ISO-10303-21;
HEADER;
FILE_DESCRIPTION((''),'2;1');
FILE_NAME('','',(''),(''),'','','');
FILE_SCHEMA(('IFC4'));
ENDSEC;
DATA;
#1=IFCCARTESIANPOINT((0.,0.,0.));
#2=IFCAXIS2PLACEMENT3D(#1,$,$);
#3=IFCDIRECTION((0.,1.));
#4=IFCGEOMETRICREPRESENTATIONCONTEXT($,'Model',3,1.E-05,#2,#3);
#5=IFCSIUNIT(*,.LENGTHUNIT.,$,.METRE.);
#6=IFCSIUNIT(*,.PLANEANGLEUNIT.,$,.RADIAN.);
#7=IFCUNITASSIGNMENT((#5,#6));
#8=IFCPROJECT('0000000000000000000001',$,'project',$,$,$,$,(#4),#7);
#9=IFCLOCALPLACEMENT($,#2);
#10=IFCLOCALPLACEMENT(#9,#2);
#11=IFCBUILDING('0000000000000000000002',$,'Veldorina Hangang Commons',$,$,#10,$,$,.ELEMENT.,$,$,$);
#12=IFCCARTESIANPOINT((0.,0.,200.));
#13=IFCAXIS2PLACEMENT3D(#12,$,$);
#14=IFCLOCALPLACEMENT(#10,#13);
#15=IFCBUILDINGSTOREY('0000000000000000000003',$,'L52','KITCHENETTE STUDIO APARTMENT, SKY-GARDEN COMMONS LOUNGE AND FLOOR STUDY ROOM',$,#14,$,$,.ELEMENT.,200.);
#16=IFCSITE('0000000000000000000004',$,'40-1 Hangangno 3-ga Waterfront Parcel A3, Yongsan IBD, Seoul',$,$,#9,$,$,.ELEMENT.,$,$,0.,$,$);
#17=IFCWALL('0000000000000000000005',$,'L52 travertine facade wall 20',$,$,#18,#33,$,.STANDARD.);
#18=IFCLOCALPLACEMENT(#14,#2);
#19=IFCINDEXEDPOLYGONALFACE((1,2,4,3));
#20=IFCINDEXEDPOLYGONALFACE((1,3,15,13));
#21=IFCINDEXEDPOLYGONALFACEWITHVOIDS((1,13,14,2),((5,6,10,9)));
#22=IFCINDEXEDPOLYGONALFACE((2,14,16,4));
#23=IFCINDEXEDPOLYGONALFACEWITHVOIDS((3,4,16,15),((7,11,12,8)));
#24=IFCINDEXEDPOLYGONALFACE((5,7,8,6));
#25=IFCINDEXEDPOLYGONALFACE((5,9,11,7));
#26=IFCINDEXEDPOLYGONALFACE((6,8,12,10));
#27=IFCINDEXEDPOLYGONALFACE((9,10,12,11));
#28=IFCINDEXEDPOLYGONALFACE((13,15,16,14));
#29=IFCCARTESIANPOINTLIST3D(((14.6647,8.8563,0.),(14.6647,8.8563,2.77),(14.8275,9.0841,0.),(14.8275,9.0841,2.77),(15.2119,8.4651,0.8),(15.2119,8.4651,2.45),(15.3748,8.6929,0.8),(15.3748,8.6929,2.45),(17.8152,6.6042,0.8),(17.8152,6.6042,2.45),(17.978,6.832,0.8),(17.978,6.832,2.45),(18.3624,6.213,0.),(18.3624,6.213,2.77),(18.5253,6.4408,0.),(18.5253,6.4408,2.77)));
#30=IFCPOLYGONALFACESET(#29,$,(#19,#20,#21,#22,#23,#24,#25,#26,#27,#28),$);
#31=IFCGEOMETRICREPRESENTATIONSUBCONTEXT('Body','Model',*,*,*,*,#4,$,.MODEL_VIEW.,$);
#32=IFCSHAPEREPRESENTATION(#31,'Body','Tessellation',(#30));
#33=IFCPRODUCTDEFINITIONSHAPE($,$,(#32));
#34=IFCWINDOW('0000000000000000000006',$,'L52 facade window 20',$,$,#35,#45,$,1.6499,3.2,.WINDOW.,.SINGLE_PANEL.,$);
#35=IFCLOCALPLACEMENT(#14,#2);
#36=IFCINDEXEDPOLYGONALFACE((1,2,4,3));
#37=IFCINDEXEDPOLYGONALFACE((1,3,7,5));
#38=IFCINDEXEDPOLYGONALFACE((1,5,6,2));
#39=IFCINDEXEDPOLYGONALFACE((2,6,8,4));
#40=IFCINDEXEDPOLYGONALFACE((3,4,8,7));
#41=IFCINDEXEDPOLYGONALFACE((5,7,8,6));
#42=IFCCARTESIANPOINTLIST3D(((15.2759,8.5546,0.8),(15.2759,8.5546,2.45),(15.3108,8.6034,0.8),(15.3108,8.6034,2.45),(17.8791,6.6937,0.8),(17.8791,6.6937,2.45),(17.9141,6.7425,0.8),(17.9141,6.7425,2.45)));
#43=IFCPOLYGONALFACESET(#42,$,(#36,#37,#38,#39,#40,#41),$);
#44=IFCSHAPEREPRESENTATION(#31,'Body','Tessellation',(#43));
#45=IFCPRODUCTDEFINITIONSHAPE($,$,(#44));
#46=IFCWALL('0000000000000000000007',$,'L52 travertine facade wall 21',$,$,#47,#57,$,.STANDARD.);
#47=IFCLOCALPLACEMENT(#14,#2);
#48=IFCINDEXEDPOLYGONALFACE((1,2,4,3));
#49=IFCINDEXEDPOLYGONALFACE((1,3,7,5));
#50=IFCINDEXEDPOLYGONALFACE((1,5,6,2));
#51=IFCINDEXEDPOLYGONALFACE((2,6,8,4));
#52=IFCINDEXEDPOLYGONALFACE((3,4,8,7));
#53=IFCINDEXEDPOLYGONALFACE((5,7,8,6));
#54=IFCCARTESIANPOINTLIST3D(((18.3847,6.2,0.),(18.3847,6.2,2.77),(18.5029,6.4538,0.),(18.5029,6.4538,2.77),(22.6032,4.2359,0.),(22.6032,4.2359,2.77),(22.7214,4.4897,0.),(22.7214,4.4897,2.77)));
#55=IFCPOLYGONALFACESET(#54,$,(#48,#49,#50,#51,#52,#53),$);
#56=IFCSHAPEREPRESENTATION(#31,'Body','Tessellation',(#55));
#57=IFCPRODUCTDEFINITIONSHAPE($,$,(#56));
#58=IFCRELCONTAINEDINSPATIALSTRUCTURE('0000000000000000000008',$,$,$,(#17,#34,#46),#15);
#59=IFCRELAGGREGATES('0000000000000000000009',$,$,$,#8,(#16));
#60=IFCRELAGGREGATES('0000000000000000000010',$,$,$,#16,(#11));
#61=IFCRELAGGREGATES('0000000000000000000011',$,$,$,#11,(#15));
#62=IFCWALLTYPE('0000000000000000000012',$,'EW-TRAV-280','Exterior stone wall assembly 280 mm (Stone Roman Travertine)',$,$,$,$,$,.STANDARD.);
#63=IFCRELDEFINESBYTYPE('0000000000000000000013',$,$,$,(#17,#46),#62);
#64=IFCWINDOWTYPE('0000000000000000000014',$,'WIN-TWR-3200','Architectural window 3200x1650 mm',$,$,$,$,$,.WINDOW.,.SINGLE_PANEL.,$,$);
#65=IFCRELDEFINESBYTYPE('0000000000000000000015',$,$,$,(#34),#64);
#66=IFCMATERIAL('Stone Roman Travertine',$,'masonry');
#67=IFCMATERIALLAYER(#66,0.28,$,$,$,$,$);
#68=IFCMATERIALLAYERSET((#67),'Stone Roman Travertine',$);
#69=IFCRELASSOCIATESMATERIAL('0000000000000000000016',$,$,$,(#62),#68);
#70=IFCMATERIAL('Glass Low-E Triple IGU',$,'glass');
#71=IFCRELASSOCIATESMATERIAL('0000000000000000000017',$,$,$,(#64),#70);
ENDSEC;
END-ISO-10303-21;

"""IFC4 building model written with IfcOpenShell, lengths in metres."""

from ifc_helpers import new_model, si_unit, direction, frame, frame_2d, origin, place, context, subcontext, project, spatial, rectangle, extrude, material, layer, layer_set, type_object, element, fill, save


model = new_model("IFC4")

# Units and contexts
model_context = context("Model", 3, precision=1e-05, world=origin(), true_north=direction((0.0, 1.0)))
body_context = subcontext(model_context, "Body", "Model", "MODEL_VIEW")
ifc_project = project(units=[si_unit("LENGTHUNIT", "METRE"), si_unit("PLANEANGLEUNIT", "RADIAN")], contexts=[model_context])

# Site, building, storey
site_placement = place(None, origin())
site = spatial("IfcSite", under=ifc_project, at=site_placement, Name="40-1 Hangangno 3-ga Waterfront Parcel A3, Yongsan IBD, Seoul", CompositionType="ELEMENT", RefElevation=0.0)
building_placement = place(site_placement, origin())
building = spatial("IfcBuilding", under=site, at=building_placement, Name="Veldorina Hangang Commons", CompositionType="ELEMENT")
storey_placement = place(building_placement, frame((0.0, 0.0, 200.0)))
storey = spatial("IfcBuildingStorey", under=building, at=storey_placement, Name="L52", Description="KITCHENETTE STUDIO APARTMENT, SKY-GARDEN COMMONS LOUNGE AND FLOOR STUDY ROOM", CompositionType="ELEMENT", Elevation=200.0)

# Wall, opening, window
ifc_material_1 = material(Name="Stone Roman Travertine", Category="masonry")
ifc_layer_1 = layer(ifc_material_1, 0.28)
ifc_layer_set_1 = layer_set([ifc_layer_1], Name="Stone Roman Travertine")
wall_type = type_object("IfcWallType", Name="EW-TRAV-280", Description="Exterior stone wall assembly 280 mm (Stone Roman Travertine)", PredefinedType="STANDARD", material=ifc_layer_set_1)
wall_1_placement = place(storey_placement, frame((14.7461, 8.9702, 0.0), z_axis=(0.0, 0.0, 1.0), x_axis=(0.813519, -0.581538, 0.0)))
wall_1 = element("IfcWall", 1, at=wall_1_placement, inside=storey, type_object=wall_type, Name="L52 travertine facade wall 20", PredefinedType="STANDARD", context=body_context, shape_type="SweptSolid", body=[
    extrude(rectangle(XDim=4.5454, YDim=0.28, at=frame_2d((2.2727, 0.0))), origin(), (0.0, 0.0, 1.0), 2.77),
])
opening_placement = place(wall_1_placement, frame((0.6726, 0.0, 0.8)))
opening = element("IfcOpeningElement", 2, at=opening_placement, cuts=wall_1, PredefinedType="OPENING", context=body_context, shape_type="SweptSolid", body=[
    extrude(rectangle(XDim=3.2, YDim=1.6499, at=frame_2d((1.6001, 0.825))), frame((0.0, 0.1499, 0.0), z_axis=(0.0, -1.0, 0.0), x_axis=(1.0, 0.0, 0.0)), (0.0, 0.0, 1.0), 0.3),
])
ifc_material_2 = material(Name="Glass Low-E Triple IGU", Category="glass")
window_type = type_object("IfcWindowType", Name="WIN-TWR-3200", Description="Architectural window 3200x1650 mm", PartitioningType="SINGLE_PANEL", PredefinedType="WINDOW", material=ifc_material_2)
window_placement = place(opening_placement, origin())
window = element("IfcWindow", 3, at=window_placement, inside=storey, type_object=window_type, Name="L52 facade window 20", OverallHeight=1.6499, OverallWidth=3.2, PartitioningType="SINGLE_PANEL", PredefinedType="WINDOW", context=body_context, shape_type="SweptSolid", body=[
    extrude(rectangle(XDim=3.2, YDim=1.6499, at=frame_2d((1.6001, 0.825))), frame((0.0, 0.03, 0.0), z_axis=(0.0, -1.0, 0.0), x_axis=(1.0, 0.0, 0.0)), (0.0, 0.0, 1.0), 0.0601),
])
fill(opening, window)

# Wall
wall_2_placement = place(storey_placement, frame((18.4438, 6.3269, 0.0), z_axis=(0.0, 0.0, 1.0), x_axis=(0.906555, -0.422087, 0.0)))
element("IfcWall", 4, at=wall_2_placement, inside=storey, type_object=wall_type, Name="L52 travertine facade wall 21", PredefinedType="STANDARD", context=body_context, shape_type="SweptSolid", body=[
    extrude(rectangle(XDim=4.6533, YDim=0.28, at=frame_2d((2.3267, 0.0))), origin(), (0.0, 0.0, 1.0), 2.77),
])

save(model, "model.ifc")
